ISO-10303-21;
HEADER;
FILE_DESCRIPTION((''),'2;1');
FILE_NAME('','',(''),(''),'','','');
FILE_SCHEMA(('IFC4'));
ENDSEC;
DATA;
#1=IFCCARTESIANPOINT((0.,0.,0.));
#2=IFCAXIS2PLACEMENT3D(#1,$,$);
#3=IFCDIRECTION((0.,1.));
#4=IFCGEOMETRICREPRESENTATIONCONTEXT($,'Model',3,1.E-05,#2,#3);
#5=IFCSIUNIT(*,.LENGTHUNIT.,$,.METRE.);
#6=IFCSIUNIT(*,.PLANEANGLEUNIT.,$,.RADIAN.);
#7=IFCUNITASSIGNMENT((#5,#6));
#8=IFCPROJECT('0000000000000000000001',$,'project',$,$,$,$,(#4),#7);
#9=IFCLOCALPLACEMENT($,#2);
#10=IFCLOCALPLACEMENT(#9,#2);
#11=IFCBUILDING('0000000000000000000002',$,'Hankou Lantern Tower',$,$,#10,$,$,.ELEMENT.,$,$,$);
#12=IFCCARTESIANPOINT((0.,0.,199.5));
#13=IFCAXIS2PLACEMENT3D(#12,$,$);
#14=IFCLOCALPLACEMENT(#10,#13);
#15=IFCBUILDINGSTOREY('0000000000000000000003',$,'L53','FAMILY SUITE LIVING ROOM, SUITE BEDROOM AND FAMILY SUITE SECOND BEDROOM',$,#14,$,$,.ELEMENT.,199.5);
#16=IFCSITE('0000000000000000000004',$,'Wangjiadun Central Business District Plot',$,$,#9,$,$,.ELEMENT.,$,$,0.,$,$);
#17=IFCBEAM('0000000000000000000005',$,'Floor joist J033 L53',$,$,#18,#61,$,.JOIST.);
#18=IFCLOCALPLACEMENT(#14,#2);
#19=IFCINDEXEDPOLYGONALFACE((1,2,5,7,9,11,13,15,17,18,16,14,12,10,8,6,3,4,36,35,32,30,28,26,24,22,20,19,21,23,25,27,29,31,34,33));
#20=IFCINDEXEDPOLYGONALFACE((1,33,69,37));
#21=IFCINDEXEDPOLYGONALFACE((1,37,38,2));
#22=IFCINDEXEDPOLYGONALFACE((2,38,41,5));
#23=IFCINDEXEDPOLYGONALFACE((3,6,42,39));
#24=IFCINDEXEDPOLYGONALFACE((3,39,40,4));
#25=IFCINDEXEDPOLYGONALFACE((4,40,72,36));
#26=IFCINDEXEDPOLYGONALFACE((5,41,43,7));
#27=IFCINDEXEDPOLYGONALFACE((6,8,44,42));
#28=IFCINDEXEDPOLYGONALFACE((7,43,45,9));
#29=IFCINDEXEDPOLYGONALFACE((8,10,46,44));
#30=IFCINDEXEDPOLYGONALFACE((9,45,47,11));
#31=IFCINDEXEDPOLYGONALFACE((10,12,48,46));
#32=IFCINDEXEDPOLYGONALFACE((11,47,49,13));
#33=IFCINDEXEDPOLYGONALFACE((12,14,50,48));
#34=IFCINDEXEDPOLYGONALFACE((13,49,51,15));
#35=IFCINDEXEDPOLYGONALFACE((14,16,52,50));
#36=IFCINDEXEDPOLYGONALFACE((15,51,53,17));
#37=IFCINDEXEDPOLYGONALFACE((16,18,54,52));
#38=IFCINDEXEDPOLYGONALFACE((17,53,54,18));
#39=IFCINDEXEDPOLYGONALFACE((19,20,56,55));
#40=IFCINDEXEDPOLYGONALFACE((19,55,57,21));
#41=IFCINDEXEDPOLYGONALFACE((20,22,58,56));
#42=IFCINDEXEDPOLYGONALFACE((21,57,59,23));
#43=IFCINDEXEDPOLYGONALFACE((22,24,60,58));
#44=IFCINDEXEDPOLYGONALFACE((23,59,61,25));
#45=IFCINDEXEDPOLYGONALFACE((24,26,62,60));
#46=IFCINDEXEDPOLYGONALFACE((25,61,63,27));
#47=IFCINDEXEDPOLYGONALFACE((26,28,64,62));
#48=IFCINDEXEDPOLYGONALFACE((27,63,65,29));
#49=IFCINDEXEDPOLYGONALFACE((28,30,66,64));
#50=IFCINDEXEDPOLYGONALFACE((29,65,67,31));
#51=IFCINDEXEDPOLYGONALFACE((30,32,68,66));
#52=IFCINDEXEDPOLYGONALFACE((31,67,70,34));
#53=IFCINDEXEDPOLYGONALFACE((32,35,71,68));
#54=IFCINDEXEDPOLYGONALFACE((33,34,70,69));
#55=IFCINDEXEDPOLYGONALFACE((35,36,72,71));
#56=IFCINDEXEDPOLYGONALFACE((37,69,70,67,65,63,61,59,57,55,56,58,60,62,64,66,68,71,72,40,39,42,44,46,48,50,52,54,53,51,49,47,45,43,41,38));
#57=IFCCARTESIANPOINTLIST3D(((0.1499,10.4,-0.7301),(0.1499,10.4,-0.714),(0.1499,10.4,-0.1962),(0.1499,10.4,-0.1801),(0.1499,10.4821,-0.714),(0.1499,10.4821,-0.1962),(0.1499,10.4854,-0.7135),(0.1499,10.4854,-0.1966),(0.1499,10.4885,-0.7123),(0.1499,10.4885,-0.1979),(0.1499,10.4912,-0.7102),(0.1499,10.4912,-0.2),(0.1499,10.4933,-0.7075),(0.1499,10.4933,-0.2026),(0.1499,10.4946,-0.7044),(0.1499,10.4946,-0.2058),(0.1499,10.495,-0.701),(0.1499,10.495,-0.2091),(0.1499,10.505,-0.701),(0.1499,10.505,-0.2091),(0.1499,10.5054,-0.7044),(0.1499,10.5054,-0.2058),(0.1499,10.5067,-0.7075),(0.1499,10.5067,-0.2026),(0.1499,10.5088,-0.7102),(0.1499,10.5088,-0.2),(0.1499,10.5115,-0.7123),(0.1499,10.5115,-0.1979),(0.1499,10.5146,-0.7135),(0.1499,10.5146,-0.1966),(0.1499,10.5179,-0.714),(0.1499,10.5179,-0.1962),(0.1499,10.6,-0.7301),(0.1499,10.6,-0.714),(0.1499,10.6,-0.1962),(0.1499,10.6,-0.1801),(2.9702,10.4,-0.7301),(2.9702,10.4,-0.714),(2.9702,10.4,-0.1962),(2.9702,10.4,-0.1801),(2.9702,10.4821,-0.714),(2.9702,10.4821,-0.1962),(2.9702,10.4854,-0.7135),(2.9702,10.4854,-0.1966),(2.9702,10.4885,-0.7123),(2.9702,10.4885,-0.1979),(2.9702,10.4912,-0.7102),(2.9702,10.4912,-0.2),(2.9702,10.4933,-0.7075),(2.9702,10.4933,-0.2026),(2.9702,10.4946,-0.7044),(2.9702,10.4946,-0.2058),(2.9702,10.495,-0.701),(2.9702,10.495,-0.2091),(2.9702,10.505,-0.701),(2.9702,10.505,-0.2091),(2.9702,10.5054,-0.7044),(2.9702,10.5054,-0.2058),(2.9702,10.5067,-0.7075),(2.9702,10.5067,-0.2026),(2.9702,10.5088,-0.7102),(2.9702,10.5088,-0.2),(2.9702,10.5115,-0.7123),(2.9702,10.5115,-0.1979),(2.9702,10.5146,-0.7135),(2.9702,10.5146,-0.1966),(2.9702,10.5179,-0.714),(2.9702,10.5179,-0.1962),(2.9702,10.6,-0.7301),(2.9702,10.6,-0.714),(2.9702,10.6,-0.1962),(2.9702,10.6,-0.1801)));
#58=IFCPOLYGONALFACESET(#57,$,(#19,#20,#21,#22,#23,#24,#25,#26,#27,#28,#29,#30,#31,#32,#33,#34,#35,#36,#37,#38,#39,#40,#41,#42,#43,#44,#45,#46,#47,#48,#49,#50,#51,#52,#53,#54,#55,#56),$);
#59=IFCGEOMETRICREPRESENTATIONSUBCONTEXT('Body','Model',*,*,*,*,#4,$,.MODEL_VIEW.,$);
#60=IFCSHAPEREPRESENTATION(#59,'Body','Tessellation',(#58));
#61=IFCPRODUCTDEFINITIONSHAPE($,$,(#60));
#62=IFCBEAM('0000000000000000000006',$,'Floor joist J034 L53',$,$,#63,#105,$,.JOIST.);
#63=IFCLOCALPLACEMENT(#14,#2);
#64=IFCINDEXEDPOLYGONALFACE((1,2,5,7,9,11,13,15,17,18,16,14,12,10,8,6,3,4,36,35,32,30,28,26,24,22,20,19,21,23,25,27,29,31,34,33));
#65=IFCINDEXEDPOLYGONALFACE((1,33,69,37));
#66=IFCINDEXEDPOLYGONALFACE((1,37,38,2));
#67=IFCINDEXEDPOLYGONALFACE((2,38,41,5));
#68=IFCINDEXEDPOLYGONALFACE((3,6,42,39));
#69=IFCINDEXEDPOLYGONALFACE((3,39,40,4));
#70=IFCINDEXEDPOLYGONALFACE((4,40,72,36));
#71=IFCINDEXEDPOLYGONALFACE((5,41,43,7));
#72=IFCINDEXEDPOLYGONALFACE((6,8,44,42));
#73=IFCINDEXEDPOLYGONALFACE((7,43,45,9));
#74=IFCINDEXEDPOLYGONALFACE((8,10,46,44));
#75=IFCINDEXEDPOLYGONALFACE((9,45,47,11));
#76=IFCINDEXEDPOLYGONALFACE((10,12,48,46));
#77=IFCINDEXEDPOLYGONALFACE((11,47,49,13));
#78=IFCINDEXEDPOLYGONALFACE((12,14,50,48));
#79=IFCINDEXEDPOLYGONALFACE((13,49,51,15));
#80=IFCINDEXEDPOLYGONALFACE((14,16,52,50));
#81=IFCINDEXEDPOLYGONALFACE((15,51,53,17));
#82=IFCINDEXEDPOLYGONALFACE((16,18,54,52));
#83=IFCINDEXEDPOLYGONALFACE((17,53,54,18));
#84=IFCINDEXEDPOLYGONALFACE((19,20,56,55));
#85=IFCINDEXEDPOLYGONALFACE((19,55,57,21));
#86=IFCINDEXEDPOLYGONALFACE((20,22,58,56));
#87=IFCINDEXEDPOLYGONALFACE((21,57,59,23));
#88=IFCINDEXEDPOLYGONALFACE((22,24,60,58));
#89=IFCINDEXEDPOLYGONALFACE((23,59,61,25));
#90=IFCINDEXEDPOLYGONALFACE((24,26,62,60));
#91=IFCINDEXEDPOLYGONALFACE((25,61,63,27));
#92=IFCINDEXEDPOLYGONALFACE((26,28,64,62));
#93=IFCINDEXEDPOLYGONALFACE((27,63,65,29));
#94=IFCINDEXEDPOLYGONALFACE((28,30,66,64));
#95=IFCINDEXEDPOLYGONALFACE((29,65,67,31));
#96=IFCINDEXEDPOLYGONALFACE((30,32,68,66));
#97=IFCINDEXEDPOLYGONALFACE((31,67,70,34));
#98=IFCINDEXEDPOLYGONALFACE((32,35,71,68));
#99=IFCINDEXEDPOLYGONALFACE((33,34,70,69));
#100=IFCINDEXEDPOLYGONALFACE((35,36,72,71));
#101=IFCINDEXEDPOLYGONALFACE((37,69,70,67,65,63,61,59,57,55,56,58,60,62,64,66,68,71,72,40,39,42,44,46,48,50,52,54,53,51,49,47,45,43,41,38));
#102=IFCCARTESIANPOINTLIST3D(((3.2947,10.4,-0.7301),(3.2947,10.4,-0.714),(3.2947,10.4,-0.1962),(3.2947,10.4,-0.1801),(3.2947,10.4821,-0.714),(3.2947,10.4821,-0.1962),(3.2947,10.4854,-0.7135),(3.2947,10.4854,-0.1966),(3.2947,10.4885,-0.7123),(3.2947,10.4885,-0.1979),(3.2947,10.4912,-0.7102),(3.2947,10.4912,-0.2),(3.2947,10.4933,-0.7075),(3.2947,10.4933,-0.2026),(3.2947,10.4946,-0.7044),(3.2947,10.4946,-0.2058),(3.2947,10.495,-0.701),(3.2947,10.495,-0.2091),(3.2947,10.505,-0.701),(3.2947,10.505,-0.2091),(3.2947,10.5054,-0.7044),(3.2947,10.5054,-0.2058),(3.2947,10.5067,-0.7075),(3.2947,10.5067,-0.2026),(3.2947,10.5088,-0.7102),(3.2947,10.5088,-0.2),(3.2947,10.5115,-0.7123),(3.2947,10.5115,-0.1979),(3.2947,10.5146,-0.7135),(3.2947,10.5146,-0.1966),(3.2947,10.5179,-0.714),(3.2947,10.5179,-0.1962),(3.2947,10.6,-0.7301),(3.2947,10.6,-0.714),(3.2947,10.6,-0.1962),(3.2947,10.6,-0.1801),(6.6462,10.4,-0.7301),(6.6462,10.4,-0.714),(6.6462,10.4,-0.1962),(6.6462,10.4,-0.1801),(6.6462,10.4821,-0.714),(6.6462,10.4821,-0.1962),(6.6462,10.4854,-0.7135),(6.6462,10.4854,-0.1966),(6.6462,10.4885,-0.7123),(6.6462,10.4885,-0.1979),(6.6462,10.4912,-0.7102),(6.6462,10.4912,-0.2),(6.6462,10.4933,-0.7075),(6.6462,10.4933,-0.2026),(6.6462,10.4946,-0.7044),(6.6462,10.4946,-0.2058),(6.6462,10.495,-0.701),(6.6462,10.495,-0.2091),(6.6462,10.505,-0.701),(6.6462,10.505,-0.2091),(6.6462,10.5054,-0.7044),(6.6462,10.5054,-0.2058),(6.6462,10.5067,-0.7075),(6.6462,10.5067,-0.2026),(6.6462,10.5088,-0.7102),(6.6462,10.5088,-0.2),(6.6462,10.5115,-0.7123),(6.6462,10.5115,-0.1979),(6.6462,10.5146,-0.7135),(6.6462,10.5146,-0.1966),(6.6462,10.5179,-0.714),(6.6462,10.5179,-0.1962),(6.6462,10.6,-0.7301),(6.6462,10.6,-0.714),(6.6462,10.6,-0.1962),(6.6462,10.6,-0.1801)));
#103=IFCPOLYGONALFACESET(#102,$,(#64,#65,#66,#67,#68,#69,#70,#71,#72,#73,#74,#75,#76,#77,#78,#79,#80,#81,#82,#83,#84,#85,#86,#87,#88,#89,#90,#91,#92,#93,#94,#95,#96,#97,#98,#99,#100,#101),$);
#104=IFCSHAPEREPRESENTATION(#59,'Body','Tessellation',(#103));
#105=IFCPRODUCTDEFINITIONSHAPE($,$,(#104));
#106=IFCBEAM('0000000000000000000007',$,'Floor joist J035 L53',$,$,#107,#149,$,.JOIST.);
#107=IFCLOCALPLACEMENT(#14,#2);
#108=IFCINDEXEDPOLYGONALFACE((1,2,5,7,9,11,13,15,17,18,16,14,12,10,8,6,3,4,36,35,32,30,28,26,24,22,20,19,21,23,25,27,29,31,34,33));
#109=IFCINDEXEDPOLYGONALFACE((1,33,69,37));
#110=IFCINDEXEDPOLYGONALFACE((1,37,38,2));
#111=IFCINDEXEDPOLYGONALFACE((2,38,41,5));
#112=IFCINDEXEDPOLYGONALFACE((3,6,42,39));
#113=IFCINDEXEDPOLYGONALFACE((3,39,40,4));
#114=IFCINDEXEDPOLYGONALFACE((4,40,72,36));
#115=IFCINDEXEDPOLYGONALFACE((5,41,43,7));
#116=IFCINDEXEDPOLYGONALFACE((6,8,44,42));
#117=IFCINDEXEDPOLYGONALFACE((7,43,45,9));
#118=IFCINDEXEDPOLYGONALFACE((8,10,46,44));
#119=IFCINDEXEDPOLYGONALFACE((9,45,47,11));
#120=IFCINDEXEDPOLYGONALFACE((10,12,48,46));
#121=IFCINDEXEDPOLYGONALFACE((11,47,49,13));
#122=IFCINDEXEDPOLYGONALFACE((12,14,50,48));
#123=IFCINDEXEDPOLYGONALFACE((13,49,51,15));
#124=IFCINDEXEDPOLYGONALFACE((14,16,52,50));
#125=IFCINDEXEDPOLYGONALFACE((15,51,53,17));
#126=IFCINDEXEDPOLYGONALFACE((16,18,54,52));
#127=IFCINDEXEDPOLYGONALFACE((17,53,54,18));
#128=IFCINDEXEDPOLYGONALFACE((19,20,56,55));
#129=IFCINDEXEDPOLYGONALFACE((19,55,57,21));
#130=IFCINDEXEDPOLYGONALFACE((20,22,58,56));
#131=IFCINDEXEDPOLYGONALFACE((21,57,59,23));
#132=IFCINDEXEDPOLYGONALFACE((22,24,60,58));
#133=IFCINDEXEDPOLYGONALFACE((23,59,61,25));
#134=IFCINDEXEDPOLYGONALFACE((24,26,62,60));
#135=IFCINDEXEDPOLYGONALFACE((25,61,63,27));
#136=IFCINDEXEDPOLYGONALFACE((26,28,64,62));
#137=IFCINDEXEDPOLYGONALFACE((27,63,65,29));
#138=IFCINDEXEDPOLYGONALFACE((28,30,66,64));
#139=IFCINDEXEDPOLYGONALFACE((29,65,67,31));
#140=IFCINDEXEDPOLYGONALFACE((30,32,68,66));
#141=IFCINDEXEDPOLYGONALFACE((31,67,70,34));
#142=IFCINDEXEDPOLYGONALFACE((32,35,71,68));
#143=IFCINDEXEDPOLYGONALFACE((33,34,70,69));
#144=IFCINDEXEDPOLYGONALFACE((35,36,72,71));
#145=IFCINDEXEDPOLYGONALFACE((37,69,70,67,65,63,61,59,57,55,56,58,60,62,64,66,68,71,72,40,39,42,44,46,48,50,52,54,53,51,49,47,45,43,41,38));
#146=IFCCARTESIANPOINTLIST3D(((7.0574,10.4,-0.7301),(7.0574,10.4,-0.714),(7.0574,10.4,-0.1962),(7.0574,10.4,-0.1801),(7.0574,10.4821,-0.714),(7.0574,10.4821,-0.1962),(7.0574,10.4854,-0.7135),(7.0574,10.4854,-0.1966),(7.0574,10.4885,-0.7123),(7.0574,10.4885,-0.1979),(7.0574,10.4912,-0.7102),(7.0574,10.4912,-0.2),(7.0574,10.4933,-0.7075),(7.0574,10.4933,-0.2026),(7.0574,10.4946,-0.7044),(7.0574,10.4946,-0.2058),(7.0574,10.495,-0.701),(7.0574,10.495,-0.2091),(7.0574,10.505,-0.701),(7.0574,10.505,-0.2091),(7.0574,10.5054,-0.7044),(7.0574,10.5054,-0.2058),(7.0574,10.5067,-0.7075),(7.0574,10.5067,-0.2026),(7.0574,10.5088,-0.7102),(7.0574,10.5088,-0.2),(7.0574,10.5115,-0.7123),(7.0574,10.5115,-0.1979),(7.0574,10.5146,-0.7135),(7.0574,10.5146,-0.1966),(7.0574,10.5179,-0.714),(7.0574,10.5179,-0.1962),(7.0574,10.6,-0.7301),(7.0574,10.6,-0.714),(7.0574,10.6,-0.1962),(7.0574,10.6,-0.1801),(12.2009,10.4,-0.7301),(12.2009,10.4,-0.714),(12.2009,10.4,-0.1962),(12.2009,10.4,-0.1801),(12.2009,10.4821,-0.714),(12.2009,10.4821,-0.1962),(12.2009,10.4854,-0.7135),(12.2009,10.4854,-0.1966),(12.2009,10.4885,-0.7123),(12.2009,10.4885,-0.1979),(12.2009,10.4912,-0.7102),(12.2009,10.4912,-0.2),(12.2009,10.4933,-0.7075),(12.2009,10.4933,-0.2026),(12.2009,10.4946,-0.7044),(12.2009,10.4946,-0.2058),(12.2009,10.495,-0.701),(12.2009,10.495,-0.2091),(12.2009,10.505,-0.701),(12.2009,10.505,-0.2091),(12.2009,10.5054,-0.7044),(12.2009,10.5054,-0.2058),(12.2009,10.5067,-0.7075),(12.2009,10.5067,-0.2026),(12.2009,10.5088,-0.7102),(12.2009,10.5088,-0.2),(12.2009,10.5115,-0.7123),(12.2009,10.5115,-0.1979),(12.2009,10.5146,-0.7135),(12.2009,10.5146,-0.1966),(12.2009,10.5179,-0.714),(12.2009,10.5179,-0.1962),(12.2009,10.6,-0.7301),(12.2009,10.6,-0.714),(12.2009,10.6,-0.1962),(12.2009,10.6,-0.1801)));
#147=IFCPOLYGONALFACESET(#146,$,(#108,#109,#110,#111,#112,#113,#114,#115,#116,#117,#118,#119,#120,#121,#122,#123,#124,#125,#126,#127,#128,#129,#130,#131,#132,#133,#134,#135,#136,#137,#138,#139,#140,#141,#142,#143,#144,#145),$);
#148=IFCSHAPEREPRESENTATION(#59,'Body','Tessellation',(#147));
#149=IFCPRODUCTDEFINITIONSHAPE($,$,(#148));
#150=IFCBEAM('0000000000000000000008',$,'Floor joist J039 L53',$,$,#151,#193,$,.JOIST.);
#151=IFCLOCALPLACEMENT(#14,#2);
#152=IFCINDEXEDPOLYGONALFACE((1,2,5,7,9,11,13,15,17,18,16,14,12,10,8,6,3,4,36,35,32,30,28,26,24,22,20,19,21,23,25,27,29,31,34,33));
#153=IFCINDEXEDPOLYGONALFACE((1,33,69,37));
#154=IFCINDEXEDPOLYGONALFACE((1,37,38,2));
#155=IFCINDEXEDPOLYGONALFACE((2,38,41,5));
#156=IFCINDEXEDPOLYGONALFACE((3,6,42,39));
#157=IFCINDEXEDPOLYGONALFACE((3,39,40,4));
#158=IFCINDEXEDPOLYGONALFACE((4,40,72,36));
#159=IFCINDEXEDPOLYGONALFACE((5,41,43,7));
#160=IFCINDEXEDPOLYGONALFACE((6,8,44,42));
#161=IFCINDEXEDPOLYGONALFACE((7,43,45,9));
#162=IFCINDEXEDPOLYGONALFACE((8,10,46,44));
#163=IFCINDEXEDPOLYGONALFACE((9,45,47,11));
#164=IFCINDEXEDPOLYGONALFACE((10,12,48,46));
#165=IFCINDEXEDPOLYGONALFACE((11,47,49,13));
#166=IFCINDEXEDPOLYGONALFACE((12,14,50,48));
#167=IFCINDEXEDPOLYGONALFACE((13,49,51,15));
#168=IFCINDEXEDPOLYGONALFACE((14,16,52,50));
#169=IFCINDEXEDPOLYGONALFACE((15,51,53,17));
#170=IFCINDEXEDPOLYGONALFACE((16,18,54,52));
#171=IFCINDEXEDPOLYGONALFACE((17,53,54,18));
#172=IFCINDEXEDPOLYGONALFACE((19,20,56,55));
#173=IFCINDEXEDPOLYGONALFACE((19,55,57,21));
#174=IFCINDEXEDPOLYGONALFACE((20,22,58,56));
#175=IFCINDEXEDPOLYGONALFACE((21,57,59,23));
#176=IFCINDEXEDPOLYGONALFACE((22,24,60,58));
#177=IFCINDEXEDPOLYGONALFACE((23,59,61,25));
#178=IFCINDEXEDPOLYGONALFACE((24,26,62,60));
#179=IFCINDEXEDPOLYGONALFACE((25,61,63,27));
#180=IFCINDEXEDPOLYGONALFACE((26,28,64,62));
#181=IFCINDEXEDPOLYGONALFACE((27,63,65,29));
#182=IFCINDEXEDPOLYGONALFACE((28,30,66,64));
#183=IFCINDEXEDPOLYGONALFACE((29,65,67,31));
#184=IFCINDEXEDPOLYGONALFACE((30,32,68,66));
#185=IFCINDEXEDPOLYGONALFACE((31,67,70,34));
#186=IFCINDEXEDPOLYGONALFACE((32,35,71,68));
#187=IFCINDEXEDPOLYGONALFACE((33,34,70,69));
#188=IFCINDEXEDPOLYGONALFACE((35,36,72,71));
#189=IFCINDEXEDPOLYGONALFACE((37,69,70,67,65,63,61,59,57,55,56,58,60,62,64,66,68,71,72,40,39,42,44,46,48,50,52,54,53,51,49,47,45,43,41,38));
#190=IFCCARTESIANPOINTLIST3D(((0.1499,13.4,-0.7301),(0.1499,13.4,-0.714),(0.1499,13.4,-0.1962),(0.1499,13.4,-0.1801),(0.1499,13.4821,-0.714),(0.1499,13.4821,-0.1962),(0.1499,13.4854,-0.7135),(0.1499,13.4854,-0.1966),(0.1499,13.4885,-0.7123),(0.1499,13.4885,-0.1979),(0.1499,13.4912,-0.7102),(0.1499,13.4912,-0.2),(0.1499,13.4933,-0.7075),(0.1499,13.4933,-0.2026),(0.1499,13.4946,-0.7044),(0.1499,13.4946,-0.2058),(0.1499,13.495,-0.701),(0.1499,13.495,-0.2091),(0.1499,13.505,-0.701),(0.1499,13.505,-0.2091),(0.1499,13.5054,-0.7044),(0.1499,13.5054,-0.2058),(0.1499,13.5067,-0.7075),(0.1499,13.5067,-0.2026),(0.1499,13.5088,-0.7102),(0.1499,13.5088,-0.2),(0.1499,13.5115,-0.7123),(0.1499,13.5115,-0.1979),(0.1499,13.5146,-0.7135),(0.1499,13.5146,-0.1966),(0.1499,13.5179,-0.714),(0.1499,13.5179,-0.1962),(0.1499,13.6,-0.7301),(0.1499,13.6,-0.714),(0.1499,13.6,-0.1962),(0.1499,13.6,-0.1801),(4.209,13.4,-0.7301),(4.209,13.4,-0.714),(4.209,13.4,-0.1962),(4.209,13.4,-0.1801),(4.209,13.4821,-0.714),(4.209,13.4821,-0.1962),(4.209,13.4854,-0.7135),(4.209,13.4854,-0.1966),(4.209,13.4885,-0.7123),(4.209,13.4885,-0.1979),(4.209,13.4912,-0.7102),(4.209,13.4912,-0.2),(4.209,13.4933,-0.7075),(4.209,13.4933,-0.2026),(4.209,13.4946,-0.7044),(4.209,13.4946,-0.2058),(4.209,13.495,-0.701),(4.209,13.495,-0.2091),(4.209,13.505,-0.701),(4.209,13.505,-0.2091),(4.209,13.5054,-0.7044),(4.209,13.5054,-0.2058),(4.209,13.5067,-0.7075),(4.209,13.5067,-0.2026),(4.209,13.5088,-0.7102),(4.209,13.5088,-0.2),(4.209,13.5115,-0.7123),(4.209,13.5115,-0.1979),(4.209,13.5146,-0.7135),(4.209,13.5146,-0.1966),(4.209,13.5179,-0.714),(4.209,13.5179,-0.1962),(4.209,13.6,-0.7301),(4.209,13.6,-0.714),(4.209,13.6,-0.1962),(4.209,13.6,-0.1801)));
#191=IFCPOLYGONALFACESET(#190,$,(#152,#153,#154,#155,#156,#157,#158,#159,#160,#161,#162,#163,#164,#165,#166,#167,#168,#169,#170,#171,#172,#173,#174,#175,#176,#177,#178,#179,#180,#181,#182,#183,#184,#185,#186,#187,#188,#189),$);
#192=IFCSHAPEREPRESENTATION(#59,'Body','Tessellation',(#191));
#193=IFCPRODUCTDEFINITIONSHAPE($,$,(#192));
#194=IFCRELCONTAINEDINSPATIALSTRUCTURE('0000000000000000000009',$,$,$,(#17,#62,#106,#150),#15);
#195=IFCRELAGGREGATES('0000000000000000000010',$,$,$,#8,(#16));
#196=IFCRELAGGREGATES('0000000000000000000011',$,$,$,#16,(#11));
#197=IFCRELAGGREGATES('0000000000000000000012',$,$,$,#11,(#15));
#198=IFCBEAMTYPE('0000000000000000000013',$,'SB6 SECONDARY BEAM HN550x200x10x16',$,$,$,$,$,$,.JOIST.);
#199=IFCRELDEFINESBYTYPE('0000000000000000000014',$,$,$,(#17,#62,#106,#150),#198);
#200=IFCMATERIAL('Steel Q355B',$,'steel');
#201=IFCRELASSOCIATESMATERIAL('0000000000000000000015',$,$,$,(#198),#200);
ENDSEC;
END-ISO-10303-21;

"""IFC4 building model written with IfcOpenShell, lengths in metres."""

from ifc_helpers import new_model, si_unit, direction, frame, origin, origin_2d, place, context, subcontext, project, spatial, i_section, extrude, material, material_profile, profile_set, type_object, element, save


model = new_model("IFC4")

# Units and contexts
model_context = context("Model", 3, precision=1e-05, world=origin(), true_north=direction((0.0, 1.0)))
body_context = subcontext(model_context, "Body", "Model", "MODEL_VIEW")
ifc_project = project(units=[si_unit("LENGTHUNIT", "METRE"), si_unit("PLANEANGLEUNIT", "RADIAN")], contexts=[model_context])

# Site, building, storey
site_placement = place(None, origin())
site = spatial("IfcSite", under=ifc_project, at=site_placement, Name="Wangjiadun Central Business District Plot", CompositionType="ELEMENT", RefElevation=0.0)
building_placement = place(site_placement, origin())
building = spatial("IfcBuilding", under=site, at=building_placement, Name="Hankou Lantern Tower", CompositionType="ELEMENT")
storey_placement = place(building_placement, frame((0.0, 0.0, 199.5)))
storey = spatial("IfcBuildingStorey", under=building, at=storey_placement, Name="L53", Description="FAMILY SUITE LIVING ROOM, SUITE BEDROOM AND FAMILY SUITE SECOND BEDROOM", CompositionType="ELEMENT", Elevation=199.5)

# Beams
ifc_material_1 = material(Name="Steel Q355B", Category="steel")
ifc_material_profile_1 = material_profile(ifc_material_1, i_section(OverallWidth=0.2, OverallDepth=0.55, WebThickness=0.01, FlangeThickness=0.0161, FilletRadius=0.0129, at=origin_2d()), Name="HN550x200x10x16")
ifc_profile_set_1 = profile_set([ifc_material_profile_1], Name="Steel Q355B")
beam_type_1 = type_object("IfcBeamType", Name="SB6 SECONDARY BEAM HN550x200x10x16", PredefinedType="JOIST", material=ifc_profile_set_1)
beam_1_placement = place(storey_placement, frame((0.1499, 10.5, -0.4551), z_axis=(1.0, 0.0, 0.0), x_axis=(0.0, 1.0, 0.0)))
element("IfcBeam", 1, at=beam_1_placement, inside=storey, type_object=beam_type_1, Name="Floor joist J033 L53", PredefinedType="JOIST", context=body_context, shape_type="SweptSolid", body=[
    extrude(i_section(OverallWidth=0.2, OverallDepth=0.55, WebThickness=0.01, FlangeThickness=0.0161, FilletRadius=0.0129, at=origin_2d()), origin(), (0.0, 0.0, 1.0), 2.8203),
])
beam_2_placement = place(storey_placement, frame((3.2947, 10.5, -0.4551), z_axis=(1.0, 0.0, 0.0), x_axis=(0.0, 1.0, 0.0)))
element("IfcBeam", 2, at=beam_2_placement, inside=storey, type_object=beam_type_1, Name="Floor joist J034 L53", PredefinedType="JOIST", context=body_context, shape_type="SweptSolid", body=[
    extrude(i_section(OverallWidth=0.2, OverallDepth=0.55, WebThickness=0.01, FlangeThickness=0.0161, FilletRadius=0.0129, at=origin_2d()), origin(), (0.0, 0.0, 1.0), 3.3516),
])
beam_3_placement = place(storey_placement, frame((7.0574, 10.5, -0.4551), z_axis=(1.0, 0.0, 0.0), x_axis=(0.0, 1.0, 0.0)))
element("IfcBeam", 3, at=beam_3_placement, inside=storey, type_object=beam_type_1, Name="Floor joist J035 L53", PredefinedType="JOIST", context=body_context, shape_type="SweptSolid", body=[
    extrude(i_section(OverallWidth=0.2, OverallDepth=0.55, WebThickness=0.01, FlangeThickness=0.0161, FilletRadius=0.0129, at=origin_2d()), origin(), (0.0, 0.0, 1.0), 5.1436),
])
beam_4_placement = place(storey_placement, frame((0.1499, 13.5, -0.4551), z_axis=(1.0, 0.0, 0.0), x_axis=(0.0, 1.0, 0.0)))
element("IfcBeam", 4, at=beam_4_placement, inside=storey, type_object=beam_type_1, Name="Floor joist J039 L53", PredefinedType="JOIST", context=body_context, shape_type="SweptSolid", body=[
    extrude(i_section(OverallWidth=0.2, OverallDepth=0.55, WebThickness=0.01, FlangeThickness=0.0161, FilletRadius=0.0129, at=origin_2d()), origin(), (0.0, 0.0, 1.0), 4.0591),
])

save(model, "model.ifc")
